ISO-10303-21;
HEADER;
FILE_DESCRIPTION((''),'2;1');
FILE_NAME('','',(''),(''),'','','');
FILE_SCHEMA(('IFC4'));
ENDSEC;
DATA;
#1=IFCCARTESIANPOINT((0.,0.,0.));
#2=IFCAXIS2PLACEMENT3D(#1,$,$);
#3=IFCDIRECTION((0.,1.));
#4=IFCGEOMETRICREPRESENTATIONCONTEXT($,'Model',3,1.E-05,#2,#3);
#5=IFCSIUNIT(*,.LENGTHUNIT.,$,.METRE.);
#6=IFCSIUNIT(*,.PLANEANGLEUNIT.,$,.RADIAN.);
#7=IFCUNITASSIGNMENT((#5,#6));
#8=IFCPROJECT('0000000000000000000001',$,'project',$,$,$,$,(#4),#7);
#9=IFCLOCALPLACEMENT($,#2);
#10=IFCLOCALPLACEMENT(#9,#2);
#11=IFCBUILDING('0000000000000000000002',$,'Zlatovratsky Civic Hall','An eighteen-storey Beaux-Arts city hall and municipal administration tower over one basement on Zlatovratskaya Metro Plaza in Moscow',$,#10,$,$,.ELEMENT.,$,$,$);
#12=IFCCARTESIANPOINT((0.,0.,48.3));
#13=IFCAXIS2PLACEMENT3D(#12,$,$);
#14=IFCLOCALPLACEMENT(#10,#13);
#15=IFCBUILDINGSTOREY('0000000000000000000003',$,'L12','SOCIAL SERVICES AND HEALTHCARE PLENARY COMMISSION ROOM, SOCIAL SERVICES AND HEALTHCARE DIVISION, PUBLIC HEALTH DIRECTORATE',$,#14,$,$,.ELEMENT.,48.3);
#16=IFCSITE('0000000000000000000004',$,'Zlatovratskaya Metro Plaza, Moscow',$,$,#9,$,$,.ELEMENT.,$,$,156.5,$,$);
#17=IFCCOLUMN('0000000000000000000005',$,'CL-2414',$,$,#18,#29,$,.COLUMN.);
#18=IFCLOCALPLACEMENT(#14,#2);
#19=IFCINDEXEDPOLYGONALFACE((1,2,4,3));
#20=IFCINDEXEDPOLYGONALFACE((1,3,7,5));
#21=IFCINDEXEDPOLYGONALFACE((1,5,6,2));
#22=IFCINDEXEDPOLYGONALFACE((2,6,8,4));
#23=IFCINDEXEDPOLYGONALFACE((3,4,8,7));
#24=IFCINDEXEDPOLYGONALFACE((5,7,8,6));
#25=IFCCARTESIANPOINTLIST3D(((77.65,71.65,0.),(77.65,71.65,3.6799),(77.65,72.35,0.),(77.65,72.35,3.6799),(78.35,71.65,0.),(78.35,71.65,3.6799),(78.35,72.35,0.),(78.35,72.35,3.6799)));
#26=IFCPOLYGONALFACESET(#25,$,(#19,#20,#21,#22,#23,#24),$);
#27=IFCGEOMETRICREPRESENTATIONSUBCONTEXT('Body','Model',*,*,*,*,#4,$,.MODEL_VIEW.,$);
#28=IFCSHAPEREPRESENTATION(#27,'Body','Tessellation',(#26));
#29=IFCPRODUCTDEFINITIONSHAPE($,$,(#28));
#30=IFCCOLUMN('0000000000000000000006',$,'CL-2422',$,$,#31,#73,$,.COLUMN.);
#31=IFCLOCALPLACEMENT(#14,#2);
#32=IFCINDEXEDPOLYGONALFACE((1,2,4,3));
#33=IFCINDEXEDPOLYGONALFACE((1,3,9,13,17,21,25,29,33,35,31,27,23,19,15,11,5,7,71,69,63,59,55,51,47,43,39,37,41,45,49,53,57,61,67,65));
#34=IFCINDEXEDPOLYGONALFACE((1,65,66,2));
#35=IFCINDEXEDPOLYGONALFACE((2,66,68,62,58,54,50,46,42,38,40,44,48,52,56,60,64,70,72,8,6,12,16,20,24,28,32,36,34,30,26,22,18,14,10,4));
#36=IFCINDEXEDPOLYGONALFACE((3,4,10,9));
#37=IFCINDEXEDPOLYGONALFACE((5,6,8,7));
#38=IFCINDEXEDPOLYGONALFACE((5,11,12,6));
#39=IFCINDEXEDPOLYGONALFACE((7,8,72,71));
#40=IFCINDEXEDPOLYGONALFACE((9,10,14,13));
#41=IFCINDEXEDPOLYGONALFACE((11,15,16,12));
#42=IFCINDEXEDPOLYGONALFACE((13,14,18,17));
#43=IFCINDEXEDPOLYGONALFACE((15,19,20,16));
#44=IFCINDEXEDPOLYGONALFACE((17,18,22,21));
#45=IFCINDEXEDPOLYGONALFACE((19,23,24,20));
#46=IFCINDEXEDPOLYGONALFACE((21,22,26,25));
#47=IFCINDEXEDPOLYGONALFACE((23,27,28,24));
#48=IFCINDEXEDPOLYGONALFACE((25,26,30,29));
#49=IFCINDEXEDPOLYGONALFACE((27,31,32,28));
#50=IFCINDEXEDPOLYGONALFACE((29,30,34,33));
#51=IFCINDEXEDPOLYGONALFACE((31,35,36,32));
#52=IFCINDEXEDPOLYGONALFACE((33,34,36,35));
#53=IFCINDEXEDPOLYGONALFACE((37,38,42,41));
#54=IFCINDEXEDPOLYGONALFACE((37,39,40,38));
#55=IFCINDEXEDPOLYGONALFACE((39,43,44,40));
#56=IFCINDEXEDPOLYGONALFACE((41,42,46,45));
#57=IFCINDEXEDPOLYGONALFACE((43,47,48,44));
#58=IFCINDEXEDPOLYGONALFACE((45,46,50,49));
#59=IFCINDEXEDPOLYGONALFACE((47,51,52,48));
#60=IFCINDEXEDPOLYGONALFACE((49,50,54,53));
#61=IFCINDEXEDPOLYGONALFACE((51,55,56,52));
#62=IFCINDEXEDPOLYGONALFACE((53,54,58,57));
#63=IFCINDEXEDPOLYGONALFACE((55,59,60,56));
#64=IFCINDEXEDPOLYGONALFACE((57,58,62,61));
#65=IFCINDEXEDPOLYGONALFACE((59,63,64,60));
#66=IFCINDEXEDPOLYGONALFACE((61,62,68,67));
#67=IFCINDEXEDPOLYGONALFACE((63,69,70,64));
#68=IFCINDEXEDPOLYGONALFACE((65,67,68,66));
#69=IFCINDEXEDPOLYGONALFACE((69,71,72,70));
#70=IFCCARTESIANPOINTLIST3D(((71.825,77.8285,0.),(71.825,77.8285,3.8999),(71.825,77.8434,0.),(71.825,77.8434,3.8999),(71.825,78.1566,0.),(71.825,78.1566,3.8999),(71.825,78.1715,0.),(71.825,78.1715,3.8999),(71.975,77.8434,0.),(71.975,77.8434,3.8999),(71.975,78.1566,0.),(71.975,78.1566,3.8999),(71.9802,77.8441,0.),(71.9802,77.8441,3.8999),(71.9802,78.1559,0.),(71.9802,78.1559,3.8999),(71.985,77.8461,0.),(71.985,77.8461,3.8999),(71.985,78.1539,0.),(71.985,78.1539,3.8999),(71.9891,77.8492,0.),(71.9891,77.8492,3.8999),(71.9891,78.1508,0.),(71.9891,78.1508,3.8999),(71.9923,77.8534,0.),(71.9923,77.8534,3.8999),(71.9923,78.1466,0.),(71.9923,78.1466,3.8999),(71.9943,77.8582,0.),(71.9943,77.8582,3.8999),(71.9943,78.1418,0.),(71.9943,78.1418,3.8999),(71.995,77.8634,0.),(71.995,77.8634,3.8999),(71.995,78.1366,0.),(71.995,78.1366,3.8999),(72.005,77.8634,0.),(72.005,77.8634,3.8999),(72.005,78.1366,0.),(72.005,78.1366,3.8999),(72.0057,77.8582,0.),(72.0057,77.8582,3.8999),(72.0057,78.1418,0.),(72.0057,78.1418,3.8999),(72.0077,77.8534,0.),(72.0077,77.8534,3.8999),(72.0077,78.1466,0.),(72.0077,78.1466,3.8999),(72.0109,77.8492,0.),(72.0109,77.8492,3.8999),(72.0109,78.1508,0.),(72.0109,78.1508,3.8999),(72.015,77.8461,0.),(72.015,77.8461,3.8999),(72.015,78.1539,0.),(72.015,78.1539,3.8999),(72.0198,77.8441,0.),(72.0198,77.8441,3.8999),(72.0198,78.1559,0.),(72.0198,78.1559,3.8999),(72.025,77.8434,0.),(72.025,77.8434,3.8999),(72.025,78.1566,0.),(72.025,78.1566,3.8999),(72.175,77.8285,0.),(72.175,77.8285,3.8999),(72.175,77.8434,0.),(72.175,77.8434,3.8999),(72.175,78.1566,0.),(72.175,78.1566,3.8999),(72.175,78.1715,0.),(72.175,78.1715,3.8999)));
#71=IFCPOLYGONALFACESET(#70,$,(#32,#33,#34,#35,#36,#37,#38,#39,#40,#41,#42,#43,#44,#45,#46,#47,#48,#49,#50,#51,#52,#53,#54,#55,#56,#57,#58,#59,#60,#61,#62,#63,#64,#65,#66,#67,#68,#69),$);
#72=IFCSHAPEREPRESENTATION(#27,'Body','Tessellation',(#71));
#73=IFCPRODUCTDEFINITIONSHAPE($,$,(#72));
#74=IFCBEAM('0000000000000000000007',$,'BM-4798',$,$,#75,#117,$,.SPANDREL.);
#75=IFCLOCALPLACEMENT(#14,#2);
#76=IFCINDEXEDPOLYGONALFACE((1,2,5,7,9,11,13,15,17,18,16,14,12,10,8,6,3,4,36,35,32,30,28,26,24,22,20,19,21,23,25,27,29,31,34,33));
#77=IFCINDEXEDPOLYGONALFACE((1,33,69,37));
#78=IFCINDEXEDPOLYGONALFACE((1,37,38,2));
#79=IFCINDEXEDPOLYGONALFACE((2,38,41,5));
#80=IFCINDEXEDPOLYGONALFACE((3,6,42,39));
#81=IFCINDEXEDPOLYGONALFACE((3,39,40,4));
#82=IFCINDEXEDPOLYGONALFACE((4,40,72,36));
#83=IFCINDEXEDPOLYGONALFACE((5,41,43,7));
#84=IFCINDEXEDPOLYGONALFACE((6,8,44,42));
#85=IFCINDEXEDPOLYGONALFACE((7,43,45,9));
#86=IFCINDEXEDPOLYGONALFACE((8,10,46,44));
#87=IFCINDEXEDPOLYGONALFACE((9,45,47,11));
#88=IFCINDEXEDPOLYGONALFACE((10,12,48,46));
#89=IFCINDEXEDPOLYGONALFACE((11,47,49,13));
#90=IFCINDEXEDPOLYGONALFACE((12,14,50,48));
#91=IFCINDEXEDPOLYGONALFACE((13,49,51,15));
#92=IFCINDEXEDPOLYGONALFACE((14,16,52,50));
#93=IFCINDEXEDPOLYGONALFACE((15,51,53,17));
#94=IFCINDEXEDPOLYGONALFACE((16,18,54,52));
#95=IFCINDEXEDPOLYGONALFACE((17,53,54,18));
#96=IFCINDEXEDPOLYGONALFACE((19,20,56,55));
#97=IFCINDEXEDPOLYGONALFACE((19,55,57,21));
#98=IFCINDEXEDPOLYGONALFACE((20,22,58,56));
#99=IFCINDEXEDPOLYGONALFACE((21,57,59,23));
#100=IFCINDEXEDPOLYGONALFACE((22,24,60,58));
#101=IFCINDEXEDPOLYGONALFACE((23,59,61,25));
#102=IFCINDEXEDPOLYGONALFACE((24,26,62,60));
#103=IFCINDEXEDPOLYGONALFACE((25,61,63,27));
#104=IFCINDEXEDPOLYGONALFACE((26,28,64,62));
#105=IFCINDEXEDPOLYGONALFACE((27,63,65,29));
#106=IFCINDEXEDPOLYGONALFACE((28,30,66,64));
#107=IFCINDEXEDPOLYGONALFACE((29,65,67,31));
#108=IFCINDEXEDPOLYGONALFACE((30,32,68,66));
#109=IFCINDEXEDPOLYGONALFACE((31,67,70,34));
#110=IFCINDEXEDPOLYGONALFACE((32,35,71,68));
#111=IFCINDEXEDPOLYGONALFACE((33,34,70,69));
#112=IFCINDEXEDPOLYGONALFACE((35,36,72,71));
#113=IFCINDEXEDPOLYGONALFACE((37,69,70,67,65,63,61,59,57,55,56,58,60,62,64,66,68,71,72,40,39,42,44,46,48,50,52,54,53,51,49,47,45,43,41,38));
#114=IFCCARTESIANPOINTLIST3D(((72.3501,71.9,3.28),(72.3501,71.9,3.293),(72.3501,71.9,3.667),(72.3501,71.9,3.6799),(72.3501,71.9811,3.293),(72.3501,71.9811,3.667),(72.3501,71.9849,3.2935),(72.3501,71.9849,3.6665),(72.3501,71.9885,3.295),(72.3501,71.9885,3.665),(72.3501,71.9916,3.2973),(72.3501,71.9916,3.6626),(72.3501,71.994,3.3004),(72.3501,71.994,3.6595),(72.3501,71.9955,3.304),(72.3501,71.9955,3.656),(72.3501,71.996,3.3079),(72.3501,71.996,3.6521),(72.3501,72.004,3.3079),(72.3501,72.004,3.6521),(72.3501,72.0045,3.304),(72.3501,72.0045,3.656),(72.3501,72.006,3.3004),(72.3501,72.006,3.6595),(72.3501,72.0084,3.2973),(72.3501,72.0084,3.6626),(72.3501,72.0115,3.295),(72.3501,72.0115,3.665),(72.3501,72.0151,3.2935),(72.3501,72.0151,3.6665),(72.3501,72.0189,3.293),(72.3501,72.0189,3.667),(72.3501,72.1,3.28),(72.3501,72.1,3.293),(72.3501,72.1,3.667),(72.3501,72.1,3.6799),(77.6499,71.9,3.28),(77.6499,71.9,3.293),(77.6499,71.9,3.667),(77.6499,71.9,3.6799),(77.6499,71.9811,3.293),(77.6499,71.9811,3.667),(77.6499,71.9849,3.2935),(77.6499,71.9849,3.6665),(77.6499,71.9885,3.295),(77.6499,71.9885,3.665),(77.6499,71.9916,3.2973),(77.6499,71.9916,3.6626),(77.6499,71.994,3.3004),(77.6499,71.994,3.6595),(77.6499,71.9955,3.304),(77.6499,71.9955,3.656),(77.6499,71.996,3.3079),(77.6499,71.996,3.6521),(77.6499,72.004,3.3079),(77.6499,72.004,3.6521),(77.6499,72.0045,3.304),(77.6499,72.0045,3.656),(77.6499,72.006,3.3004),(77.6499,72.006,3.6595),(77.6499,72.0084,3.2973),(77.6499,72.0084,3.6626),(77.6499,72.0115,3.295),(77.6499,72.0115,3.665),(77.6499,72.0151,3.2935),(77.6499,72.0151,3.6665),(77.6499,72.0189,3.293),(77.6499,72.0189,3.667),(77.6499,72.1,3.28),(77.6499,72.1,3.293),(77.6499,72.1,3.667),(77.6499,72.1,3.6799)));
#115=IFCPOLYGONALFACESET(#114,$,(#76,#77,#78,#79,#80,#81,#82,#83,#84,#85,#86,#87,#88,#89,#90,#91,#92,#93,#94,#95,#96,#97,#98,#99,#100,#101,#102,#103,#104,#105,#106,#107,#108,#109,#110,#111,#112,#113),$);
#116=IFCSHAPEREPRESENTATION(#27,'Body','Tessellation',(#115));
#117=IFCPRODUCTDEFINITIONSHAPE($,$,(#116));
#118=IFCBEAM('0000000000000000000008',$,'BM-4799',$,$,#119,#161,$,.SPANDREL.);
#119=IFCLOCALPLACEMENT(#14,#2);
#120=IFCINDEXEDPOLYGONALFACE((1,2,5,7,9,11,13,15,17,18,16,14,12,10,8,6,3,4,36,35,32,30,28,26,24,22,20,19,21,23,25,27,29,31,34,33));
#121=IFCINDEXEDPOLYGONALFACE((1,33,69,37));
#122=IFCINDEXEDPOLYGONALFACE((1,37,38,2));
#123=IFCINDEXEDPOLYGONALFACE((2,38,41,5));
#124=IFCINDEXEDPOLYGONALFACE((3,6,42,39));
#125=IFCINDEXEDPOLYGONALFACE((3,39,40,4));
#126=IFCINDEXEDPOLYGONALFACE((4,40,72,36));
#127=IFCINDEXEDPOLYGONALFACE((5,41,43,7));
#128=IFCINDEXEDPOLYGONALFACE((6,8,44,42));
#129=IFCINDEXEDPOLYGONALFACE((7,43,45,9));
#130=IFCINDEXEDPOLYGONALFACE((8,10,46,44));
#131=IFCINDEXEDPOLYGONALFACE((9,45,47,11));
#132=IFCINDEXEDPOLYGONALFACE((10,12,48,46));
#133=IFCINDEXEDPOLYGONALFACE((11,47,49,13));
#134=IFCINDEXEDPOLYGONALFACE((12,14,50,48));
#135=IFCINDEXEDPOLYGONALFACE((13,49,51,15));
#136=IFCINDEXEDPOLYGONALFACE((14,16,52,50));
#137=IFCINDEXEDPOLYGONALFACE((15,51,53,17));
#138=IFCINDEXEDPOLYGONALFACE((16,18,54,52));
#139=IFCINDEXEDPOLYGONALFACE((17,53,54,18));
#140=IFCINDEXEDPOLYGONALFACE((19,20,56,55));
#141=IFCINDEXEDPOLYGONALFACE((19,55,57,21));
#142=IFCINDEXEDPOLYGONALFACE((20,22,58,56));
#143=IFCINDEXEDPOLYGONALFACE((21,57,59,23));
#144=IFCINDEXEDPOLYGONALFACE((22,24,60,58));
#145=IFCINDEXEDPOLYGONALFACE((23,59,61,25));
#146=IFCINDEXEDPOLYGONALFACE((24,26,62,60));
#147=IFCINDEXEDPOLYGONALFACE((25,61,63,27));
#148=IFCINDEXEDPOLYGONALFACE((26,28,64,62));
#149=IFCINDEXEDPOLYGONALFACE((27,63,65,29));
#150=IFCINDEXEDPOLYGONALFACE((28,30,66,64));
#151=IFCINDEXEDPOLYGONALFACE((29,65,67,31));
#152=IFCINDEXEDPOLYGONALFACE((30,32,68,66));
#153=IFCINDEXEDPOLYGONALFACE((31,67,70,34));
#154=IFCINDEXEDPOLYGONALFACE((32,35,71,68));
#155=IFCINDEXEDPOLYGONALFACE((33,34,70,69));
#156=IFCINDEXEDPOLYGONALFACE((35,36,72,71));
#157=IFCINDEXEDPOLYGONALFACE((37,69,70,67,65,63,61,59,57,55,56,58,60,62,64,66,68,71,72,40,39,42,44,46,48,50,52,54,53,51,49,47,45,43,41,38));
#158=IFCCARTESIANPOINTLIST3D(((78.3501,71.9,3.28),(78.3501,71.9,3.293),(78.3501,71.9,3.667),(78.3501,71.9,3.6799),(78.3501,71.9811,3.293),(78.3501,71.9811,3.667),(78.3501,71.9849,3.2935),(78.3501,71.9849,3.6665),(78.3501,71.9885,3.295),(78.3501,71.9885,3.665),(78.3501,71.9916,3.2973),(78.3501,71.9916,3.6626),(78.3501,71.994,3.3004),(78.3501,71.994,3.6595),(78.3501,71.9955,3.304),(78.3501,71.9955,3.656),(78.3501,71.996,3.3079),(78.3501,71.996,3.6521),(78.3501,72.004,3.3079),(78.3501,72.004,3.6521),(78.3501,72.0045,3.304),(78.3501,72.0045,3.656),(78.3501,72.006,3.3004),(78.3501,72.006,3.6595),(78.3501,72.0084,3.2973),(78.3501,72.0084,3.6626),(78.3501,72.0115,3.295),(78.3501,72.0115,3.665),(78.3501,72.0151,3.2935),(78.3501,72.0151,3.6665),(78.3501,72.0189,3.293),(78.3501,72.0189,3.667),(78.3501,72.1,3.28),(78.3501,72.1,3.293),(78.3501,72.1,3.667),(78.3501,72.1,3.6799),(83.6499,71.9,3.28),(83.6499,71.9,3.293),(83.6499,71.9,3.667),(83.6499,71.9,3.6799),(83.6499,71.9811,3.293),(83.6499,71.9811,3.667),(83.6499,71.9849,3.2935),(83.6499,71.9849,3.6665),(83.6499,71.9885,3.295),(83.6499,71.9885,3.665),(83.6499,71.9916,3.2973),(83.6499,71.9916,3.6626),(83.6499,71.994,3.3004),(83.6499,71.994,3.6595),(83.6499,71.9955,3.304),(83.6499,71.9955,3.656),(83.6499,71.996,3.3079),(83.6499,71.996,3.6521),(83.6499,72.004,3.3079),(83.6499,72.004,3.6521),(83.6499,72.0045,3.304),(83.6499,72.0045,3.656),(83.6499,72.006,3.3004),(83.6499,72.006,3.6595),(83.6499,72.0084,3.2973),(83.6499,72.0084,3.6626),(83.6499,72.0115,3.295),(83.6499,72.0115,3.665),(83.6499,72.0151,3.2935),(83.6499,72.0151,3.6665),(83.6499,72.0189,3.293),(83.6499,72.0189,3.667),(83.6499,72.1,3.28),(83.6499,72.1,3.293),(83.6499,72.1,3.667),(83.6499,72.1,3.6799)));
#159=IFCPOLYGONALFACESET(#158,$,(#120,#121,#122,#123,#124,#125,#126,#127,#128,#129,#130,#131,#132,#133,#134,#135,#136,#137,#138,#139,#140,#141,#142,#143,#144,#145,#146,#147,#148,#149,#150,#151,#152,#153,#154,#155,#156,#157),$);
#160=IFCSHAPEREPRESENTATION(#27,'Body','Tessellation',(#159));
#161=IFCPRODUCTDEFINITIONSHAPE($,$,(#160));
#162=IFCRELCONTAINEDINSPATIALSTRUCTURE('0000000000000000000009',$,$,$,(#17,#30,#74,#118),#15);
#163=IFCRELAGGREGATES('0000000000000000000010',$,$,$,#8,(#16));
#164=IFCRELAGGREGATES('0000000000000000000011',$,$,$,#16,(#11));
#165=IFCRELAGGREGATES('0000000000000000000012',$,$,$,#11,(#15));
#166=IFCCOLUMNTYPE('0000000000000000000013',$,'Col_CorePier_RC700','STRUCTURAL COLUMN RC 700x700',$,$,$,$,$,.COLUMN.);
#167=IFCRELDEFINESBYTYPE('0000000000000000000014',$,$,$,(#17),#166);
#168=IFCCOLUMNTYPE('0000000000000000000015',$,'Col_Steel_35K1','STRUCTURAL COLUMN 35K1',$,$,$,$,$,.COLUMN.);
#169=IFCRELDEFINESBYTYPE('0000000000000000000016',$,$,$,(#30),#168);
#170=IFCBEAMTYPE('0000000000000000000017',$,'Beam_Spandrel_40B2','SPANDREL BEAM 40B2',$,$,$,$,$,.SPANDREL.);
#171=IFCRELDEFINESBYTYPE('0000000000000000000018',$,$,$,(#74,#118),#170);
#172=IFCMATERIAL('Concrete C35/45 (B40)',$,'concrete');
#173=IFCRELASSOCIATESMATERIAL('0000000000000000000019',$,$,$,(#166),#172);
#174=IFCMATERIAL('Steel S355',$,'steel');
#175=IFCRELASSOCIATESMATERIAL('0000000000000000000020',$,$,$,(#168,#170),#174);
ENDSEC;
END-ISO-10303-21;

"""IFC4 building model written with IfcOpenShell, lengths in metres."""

from ifc_helpers import new_model, si_unit, direction, frame, origin, origin_2d, place, context, subcontext, project, spatial, rectangle, i_section, extrude, material, material_profile, profile_set, type_object, element, save


model = new_model("IFC4")

# Units and contexts
model_context = context("Model", 3, precision=1e-05, world=origin(), true_north=direction((0.0, 1.0)))
body_context = subcontext(model_context, "Body", "Model", "MODEL_VIEW")
ifc_project = project(units=[si_unit("LENGTHUNIT", "METRE"), si_unit("PLANEANGLEUNIT", "RADIAN")], contexts=[model_context])

# Site, building, storey
site_placement = place(None, origin())
site = spatial("IfcSite", under=ifc_project, at=site_placement, Name="Zlatovratskaya Metro Plaza, Moscow", CompositionType="ELEMENT", RefElevation=156.5)
building_placement = place(site_placement, origin())
building = spatial("IfcBuilding", under=site, at=building_placement, Name="Zlatovratsky Civic Hall", Description="An eighteen-storey Beaux-Arts city hall and municipal administration tower over one basement on Zlatovratskaya Metro Plaza in Moscow", CompositionType="ELEMENT")
storey_placement = place(building_placement, frame((0.0, 0.0, 48.3)))
storey = spatial("IfcBuildingStorey", under=building, at=storey_placement, Name="L12", Description="SOCIAL SERVICES AND HEALTHCARE PLENARY COMMISSION ROOM, SOCIAL SERVICES AND HEALTHCARE DIVISION, PUBLIC HEALTH DIRECTORATE", CompositionType="ELEMENT", Elevation=48.3)

# Columns
ifc_material_1 = material(Name="Concrete C35/45 (B40)", Category="concrete")
ifc_material_profile_1 = material_profile(ifc_material_1, rectangle(XDim=0.7, YDim=0.7, at=origin_2d()), Name="RC 700x700")
ifc_profile_set_1 = profile_set([ifc_material_profile_1], Name="Concrete C35/45 (B40)")
column_type_1 = type_object("IfcColumnType", Name="Col_CorePier_RC700", Description="STRUCTURAL COLUMN RC 700x700", PredefinedType="COLUMN", material=ifc_profile_set_1)
column_1_placement = place(storey_placement, frame((78.0, 72.0, 0.0), z_axis=(0.0, 0.0, 1.0), x_axis=(1.0, 0.0, 0.0)))
element("IfcColumn", 1, at=column_1_placement, inside=storey, type_object=column_type_1, Name="CL-2414", PredefinedType="COLUMN", context=body_context, shape_type="SweptSolid", body=[
    extrude(rectangle(XDim=0.7, YDim=0.7, at=origin_2d()), origin(), (0.0, 0.0, 1.0), 3.6799),
])
ifc_material_2 = material(Name="Steel S355", Category="steel")
ifc_material_profile_2 = material_profile(ifc_material_2, i_section(OverallWidth=0.3501, OverallDepth=0.343, WebThickness=0.01, FlangeThickness=0.0149, FilletRadius=0.02, at=origin_2d()), Name="35K1")
ifc_profile_set_2 = profile_set([ifc_material_profile_2], Name="Steel S355")
column_type_2 = type_object("IfcColumnType", Name="Col_Steel_35K1", Description="STRUCTURAL COLUMN 35K1", PredefinedType="COLUMN", material=ifc_profile_set_2)
column_2_placement = place(storey_placement, frame((72.0, 78.0, 0.0), z_axis=(0.0, 0.0, 1.0), x_axis=(1.0, 0.0, 0.0)))
element("IfcColumn", 2, at=column_2_placement, inside=storey, type_object=column_type_2, Name="CL-2422", PredefinedType="COLUMN", context=body_context, shape_type="SweptSolid", body=[
    extrude(i_section(OverallWidth=0.3501, OverallDepth=0.343, WebThickness=0.01, FlangeThickness=0.0149, FilletRadius=0.02, at=origin_2d()), origin(), (0.0, 0.0, 1.0), 3.8999),
])

# Beams
ifc_material_profile_3 = material_profile(ifc_material_2, i_section(OverallWidth=0.2, OverallDepth=0.3999, WebThickness=0.0081, FlangeThickness=0.0129, FilletRadius=0.0149, at=origin_2d()), Name="40B2")
ifc_profile_set_3 = profile_set([ifc_material_profile_3], Name="Steel S355")
beam_type_1 = type_object("IfcBeamType", Name="Beam_Spandrel_40B2", Description="SPANDREL BEAM 40B2", PredefinedType="SPANDREL", material=ifc_profile_set_3)
for number, where, z_axis, x_axis, name in (
    (3, (72.3501, 72.0, 3.48), (1.0, 0.0, 0.0), (0.0, 1.0, 0.0), "BM-4798"),
    (4, (78.3501, 72.0, 3.48), (1.0, 0.0, 0.0), (0.0, 1.0, 0.0), "BM-4799"),
):
    element("IfcBeam", number, at=place(storey_placement, frame(where, z_axis=z_axis, x_axis=x_axis)), inside=storey, type_object=beam_type_1, Name=name, PredefinedType="SPANDREL", context=body_context, shape_type="SweptSolid", body=[
        extrude(i_section(OverallWidth=0.2, OverallDepth=0.3999, WebThickness=0.0081, FlangeThickness=0.0129, FilletRadius=0.0149, at=origin_2d()), origin(), (0.0, 0.0, 1.0), 5.2998),
    ])

save(model, "model.ifc")
